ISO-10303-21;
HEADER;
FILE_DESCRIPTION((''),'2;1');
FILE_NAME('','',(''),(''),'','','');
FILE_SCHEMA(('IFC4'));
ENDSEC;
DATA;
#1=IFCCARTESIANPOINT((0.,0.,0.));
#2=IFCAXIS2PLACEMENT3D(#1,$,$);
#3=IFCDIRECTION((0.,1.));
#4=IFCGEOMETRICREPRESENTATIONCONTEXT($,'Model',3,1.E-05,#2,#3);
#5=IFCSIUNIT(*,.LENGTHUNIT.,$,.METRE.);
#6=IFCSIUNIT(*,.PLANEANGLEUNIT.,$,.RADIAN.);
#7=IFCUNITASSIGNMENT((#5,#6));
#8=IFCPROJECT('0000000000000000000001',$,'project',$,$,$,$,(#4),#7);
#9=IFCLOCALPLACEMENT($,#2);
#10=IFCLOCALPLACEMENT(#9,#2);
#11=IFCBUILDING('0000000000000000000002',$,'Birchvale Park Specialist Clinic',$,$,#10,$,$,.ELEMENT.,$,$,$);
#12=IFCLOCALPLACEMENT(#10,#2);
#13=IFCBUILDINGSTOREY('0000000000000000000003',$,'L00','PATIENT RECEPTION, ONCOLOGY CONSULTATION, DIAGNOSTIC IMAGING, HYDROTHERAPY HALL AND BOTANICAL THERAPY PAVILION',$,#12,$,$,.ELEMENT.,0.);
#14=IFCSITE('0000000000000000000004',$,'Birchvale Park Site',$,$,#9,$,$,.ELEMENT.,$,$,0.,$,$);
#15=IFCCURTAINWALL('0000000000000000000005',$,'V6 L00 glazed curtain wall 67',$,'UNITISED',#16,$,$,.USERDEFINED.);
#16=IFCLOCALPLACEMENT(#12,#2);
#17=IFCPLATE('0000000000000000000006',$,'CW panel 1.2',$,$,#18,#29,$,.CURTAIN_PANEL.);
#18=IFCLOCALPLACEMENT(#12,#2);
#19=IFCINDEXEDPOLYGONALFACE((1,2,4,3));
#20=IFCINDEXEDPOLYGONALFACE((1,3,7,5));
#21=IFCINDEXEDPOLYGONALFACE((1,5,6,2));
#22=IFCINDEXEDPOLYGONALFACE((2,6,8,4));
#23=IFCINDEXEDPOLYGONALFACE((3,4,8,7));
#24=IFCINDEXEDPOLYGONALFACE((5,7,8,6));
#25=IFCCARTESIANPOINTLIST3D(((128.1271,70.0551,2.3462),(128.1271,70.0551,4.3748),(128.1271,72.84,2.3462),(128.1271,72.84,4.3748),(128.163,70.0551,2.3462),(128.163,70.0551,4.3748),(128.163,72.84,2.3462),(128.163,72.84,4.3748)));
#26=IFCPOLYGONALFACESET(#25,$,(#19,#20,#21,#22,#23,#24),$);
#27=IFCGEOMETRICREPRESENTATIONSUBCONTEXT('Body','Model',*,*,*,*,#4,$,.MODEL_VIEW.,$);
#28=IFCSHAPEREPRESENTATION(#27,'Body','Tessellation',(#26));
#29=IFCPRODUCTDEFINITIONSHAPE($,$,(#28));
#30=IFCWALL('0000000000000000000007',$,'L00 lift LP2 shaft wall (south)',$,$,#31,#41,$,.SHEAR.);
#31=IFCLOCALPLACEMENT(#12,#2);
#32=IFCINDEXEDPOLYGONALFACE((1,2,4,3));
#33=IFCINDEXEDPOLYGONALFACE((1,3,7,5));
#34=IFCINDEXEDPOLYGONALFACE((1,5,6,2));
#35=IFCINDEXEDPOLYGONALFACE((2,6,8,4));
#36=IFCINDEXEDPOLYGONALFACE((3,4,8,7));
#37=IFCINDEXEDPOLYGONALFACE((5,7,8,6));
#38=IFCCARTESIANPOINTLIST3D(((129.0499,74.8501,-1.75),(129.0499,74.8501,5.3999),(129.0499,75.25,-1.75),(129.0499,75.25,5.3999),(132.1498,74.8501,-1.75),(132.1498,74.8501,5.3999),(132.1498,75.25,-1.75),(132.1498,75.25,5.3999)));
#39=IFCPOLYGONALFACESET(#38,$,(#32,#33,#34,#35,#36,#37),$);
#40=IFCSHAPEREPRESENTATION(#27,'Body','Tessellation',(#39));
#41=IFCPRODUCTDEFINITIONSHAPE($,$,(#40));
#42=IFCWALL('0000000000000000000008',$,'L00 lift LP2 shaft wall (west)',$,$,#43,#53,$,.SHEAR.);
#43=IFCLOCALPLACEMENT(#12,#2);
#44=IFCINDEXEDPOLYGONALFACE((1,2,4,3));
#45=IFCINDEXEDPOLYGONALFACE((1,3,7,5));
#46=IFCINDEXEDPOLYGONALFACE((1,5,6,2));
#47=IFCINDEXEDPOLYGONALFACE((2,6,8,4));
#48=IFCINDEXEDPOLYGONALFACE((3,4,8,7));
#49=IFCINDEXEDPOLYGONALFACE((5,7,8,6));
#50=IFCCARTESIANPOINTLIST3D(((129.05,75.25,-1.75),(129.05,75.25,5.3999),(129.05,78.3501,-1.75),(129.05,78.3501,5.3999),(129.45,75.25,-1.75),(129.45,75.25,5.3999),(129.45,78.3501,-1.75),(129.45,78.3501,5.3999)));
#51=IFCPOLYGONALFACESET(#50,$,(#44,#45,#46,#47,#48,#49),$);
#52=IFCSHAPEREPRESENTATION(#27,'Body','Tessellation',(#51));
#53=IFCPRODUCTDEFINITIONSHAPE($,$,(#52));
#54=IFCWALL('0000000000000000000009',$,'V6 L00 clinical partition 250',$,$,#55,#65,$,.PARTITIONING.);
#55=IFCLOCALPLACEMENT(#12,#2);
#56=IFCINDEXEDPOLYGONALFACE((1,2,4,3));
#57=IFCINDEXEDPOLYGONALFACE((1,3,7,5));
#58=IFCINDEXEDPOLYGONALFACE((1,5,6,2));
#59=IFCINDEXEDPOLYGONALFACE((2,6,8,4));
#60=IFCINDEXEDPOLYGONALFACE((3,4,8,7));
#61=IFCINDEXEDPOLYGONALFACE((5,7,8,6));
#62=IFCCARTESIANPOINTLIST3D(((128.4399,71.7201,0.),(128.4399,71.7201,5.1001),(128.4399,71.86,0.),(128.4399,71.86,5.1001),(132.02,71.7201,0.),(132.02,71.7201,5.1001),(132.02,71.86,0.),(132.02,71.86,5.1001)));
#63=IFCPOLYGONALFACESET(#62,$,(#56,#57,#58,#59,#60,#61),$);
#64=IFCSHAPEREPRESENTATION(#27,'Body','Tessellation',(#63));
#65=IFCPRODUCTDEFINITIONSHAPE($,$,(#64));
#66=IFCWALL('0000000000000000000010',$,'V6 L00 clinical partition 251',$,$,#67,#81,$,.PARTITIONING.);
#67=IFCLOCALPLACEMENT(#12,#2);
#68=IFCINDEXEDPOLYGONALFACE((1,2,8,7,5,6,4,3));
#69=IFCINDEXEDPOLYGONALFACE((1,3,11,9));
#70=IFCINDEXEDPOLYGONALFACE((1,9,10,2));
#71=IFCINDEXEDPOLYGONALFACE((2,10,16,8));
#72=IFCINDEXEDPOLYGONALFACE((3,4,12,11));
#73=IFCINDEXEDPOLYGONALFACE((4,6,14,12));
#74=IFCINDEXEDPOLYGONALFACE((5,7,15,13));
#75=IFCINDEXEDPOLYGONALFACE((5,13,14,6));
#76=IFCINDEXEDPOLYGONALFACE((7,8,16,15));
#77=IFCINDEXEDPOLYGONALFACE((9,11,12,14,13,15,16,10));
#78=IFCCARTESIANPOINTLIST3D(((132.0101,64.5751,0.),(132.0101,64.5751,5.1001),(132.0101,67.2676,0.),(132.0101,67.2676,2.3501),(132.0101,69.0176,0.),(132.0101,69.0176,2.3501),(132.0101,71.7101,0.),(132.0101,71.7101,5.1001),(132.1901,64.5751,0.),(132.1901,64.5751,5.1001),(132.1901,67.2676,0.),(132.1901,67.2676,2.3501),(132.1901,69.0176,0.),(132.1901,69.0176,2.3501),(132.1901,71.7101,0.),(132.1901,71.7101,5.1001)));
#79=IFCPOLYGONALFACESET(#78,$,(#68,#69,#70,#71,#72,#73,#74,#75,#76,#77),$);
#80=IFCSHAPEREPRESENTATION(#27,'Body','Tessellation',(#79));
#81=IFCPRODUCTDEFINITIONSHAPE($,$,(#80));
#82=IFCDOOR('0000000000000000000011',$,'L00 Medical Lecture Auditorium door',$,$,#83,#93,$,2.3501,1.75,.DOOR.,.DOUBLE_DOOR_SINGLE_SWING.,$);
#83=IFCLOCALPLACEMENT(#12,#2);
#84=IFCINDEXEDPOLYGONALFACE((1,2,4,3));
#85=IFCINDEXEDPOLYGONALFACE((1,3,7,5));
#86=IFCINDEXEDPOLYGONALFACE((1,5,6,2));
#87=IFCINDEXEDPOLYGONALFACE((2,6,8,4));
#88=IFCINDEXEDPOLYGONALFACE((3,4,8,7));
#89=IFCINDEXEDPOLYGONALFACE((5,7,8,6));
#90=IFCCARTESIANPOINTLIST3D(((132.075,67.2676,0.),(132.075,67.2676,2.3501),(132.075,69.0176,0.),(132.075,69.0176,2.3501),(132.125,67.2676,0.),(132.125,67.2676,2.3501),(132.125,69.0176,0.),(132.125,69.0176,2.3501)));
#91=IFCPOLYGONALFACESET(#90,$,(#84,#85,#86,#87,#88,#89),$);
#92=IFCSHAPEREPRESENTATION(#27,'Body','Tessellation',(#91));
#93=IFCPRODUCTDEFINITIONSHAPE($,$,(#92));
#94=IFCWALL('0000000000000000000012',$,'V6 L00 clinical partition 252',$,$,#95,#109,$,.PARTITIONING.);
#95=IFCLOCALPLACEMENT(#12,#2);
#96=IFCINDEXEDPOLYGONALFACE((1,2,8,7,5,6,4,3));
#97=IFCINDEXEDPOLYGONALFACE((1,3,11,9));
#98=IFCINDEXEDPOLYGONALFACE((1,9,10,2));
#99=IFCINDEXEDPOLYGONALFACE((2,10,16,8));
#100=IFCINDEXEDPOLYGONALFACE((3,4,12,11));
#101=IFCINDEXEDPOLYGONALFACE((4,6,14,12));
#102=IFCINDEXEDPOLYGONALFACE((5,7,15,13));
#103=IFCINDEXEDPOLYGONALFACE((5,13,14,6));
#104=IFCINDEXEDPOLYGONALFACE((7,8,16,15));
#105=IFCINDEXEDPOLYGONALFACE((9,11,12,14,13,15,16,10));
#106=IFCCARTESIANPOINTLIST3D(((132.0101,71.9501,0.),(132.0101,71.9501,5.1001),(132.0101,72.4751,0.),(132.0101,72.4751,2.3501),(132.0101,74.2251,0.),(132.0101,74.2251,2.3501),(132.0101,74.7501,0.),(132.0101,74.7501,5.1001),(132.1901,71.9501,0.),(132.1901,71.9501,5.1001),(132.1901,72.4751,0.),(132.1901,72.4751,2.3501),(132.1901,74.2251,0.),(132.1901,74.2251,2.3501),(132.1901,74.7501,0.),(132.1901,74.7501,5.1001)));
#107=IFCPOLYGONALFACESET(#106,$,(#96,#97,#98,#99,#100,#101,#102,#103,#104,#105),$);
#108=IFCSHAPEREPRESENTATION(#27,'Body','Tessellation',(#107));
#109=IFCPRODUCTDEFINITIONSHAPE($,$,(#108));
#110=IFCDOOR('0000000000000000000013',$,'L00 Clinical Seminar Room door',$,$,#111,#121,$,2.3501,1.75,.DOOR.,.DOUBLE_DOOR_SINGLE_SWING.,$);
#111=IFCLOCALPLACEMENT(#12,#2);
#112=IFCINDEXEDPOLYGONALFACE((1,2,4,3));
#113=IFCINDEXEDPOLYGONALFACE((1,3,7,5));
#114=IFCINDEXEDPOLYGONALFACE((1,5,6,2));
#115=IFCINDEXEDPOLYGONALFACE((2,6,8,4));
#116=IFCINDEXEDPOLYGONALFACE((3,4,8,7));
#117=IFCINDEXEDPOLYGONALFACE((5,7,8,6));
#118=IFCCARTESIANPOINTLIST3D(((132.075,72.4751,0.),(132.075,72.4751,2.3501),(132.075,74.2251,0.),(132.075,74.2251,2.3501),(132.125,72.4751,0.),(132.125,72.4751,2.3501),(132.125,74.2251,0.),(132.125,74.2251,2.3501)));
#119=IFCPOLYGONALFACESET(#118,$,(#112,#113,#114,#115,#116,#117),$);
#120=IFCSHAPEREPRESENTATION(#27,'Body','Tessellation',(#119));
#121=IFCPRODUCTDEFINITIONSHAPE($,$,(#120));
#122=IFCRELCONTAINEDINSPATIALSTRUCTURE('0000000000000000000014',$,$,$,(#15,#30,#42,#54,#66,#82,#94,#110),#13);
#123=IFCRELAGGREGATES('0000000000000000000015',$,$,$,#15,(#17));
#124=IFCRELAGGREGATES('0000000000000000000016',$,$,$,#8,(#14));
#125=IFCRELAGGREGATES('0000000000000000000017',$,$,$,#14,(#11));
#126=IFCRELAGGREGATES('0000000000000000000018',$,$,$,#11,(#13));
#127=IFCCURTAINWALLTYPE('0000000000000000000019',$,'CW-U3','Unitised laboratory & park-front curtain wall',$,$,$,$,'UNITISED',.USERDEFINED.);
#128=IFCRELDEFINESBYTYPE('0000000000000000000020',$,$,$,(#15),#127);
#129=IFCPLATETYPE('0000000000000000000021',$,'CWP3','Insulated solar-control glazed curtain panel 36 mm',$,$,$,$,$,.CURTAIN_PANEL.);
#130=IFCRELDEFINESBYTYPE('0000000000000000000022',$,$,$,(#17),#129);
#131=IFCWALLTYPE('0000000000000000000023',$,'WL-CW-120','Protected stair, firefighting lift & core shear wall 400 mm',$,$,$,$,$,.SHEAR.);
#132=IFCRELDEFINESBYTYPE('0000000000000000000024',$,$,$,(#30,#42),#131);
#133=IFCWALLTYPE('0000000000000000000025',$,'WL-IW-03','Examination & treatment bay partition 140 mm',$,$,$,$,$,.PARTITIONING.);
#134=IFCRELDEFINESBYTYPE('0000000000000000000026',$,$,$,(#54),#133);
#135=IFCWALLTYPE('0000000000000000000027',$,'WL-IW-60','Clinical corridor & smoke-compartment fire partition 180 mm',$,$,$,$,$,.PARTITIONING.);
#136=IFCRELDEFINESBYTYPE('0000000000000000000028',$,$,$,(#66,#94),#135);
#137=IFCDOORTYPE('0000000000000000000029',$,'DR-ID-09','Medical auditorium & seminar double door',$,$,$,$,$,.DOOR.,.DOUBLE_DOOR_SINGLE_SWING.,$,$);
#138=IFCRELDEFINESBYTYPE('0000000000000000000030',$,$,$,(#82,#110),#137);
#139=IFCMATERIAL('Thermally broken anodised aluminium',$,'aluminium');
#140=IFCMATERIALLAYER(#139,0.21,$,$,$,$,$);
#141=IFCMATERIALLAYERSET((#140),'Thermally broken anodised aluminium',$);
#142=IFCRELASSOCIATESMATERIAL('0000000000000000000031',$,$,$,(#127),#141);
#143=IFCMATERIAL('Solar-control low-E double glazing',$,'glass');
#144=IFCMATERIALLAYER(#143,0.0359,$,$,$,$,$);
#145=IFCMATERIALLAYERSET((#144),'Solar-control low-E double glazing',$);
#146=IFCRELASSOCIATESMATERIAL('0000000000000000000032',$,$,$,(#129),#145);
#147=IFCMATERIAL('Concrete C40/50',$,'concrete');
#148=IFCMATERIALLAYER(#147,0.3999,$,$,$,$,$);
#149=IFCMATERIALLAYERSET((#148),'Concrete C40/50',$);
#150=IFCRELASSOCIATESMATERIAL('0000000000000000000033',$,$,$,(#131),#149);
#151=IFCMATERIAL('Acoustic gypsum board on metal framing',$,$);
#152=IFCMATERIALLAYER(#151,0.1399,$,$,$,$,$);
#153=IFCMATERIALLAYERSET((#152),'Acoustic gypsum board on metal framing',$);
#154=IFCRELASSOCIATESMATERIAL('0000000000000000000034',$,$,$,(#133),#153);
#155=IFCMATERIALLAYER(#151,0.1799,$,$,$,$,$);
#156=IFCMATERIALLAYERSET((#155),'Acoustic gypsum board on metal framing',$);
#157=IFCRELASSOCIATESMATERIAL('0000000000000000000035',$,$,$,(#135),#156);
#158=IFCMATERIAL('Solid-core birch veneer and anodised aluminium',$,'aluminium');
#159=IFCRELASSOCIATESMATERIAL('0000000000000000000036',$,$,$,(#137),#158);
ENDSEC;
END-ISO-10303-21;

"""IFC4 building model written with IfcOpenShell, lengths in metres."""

from ifc_helpers import new_model, si_unit, direction, frame, frame_2d, origin, origin_2d, place, context, subcontext, project, spatial, rectangle, extrude, material, layer, layer_set, type_object, element, fill, aggregate, save


model = new_model("IFC4")

# Units and contexts
model_context = context("Model", 3, precision=1e-05, world=origin(), true_north=direction((0.0, 1.0)))
body_context = subcontext(model_context, "Body", "Model", "MODEL_VIEW")
ifc_project = project(units=[si_unit("LENGTHUNIT", "METRE"), si_unit("PLANEANGLEUNIT", "RADIAN")], contexts=[model_context])

# Site, building, storey
site_placement = place(None, origin())
site = spatial("IfcSite", under=ifc_project, at=site_placement, Name="Birchvale Park Site", CompositionType="ELEMENT", RefElevation=0.0)
building_placement = place(site_placement, origin())
building = spatial("IfcBuilding", under=site, at=building_placement, Name="Birchvale Park Specialist Clinic", CompositionType="ELEMENT")
storey_placement = place(building_placement, origin())
storey = spatial("IfcBuildingStorey", under=building, at=storey_placement, Name="L00", Description="PATIENT RECEPTION, ONCOLOGY CONSULTATION, DIAGNOSTIC IMAGING, HYDROTHERAPY HALL AND BOTANICAL THERAPY PAVILION", CompositionType="ELEMENT", Elevation=0.0)

# Shared definitions
ifc_material_1 = material(Name="Concrete C40/50", Category="concrete")

# Curtain wall, plate
ifc_material_2 = material(Name="Thermally broken anodised aluminium", Category="aluminium")
ifc_layer_1 = layer(ifc_material_2, 0.21)
ifc_layer_set_1 = layer_set([ifc_layer_1], Name="Thermally broken anodised aluminium")
curtain_wall_type = type_object("IfcCurtainWallType", Name="CW-U3", Description="Unitised laboratory & park-front curtain wall", ElementType="UNITISED", PredefinedType="USERDEFINED", material=ifc_layer_set_1)
curtain_wall_placement = place(storey_placement, origin())
curtain_wall = element("IfcCurtainWall", 1, at=curtain_wall_placement, inside=storey, type_object=curtain_wall_type, Name="V6 L00 glazed curtain wall 67", ObjectType="UNITISED", PredefinedType="USERDEFINED")
ifc_material_3 = material(Name="Solar-control low-E double glazing", Category="glass")
ifc_layer_2 = layer(ifc_material_3, 0.0359)
ifc_layer_set_2 = layer_set([ifc_layer_2], Name="Solar-control low-E double glazing")
plate_type = type_object("IfcPlateType", Name="CWP3", Description="Insulated solar-control glazed curtain panel 36 mm", PredefinedType="CURTAIN_PANEL", material=ifc_layer_set_2)
plate_1_placement = place(storey_placement, frame((128.145, 71.4475, 2.3462), z_axis=(0.0, 0.0, 1.0), x_axis=(0.0, -1.0, 0.0)))
plate_1 = element("IfcPlate", 2, at=plate_1_placement, type_object=plate_type, Name="CW panel 1.2", PredefinedType="CURTAIN_PANEL", context=body_context, shape_type="SweptSolid", body=[
    extrude(rectangle(XDim=2.7849, YDim=0.0359, at=origin_2d()), origin(), (0.0, 0.0, 1.0), 2.0286),
])
aggregate(curtain_wall, [plate_1])

# Walls
ifc_layer_3 = layer(ifc_material_1, 0.3999)
ifc_layer_set_3 = layer_set([ifc_layer_3], Name="Concrete C40/50")
wall_type_1 = type_object("IfcWallType", Name="WL-CW-120", Description="Protected stair, firefighting lift & core shear wall 400 mm", PredefinedType="SHEAR", material=ifc_layer_set_3)
wall_1_placement = place(storey_placement, frame((129.05, 75.05, -1.75), z_axis=(0.0, 0.0, 1.0), x_axis=(1.0, 0.0, 0.0)))
element("IfcWall", 3, at=wall_1_placement, inside=storey, type_object=wall_type_1, Name="L00 lift LP2 shaft wall (south)", PredefinedType="SHEAR", context=body_context, shape_type="SweptSolid", body=[
    extrude(rectangle(XDim=3.0999, YDim=0.3999, at=frame_2d((1.5498, 0.0))), origin(), (0.0, 0.0, 1.0), 7.1499),
])
wall_2_placement = place(storey_placement, frame((129.25, 75.25, -1.75), z_axis=(0.0, 0.0, 1.0), x_axis=(0.0, 1.0, 0.0)))
element("IfcWall", 4, at=wall_2_placement, inside=storey, type_object=wall_type_1, Name="L00 lift LP2 shaft wall (west)", PredefinedType="SHEAR", context=body_context, shape_type="SweptSolid", body=[
    extrude(rectangle(XDim=3.1001, YDim=0.3999, at=frame_2d((1.55, 0.0))), origin(), (0.0, 0.0, 1.0), 7.1499),
])
ifc_material_4 = material(Name="Acoustic gypsum board on metal framing")
ifc_layer_4 = layer(ifc_material_4, 0.1399)
ifc_layer_set_4 = layer_set([ifc_layer_4], Name="Acoustic gypsum board on metal framing")
wall_type_2 = type_object("IfcWallType", Name="WL-IW-03", Description="Examination & treatment bay partition 140 mm", PredefinedType="PARTITIONING", material=ifc_layer_set_4)
wall_3_placement = place(storey_placement, frame((128.4399, 71.79, 0.0), z_axis=(0.0, 0.0, 1.0), x_axis=(1.0, 0.0, 0.0)))
element("IfcWall", 5, at=wall_3_placement, inside=storey, type_object=wall_type_2, Name="V6 L00 clinical partition 250", PredefinedType="PARTITIONING", context=body_context, shape_type="SweptSolid", body=[
    extrude(rectangle(XDim=3.5801, YDim=0.1399, at=frame_2d((1.79, 0.0))), origin(), (0.0, 0.0, 1.0), 5.1001),
])

# Walls, openings, doors
ifc_layer_5 = layer(ifc_material_4, 0.1799)
ifc_layer_set_5 = layer_set([ifc_layer_5], Name="Acoustic gypsum board on metal framing")
wall_type_3 = type_object("IfcWallType", Name="WL-IW-60", Description="Clinical corridor & smoke-compartment fire partition 180 mm", PredefinedType="PARTITIONING", material=ifc_layer_set_5)
wall_4_placement = place(storey_placement, frame((132.1001, 71.71, 0.0), z_axis=(0.0, 0.0, 1.0), x_axis=(0.0, -1.0, 0.0)))
wall_4 = element("IfcWall", 6, at=wall_4_placement, inside=storey, type_object=wall_type_3, Name="V6 L00 clinical partition 251", PredefinedType="PARTITIONING", context=body_context, shape_type="SweptSolid", body=[
    extrude(rectangle(XDim=7.135, YDim=0.1799, at=frame_2d((3.5674, 0.0))), origin(), (0.0, 0.0, 1.0), 5.1001),
])
opening_1_placement = place(wall_4_placement, frame((2.6924, 0.0, 0.0)))
opening_1 = element("IfcOpeningElement", 7, at=opening_1_placement, cuts=wall_4, PredefinedType="OPENING", context=body_context, shape_type="SweptSolid", body=[
    extrude(rectangle(XDim=1.75, YDim=2.3501, at=frame_2d((0.875, 1.175))), frame((0.0, 0.1001, 0.0), z_axis=(0.0, -1.0, 0.0), x_axis=(1.0, 0.0, 0.0)), (0.0, 0.0, 1.0), 0.2),
])
ifc_material_5 = material(Name="Solid-core birch veneer and anodised aluminium", Category="aluminium")
door_type = type_object("IfcDoorType", Name="DR-ID-09", Description="Medical auditorium & seminar double door", OperationType="DOUBLE_DOOR_SINGLE_SWING", PredefinedType="DOOR", material=ifc_material_5)
door_1_placement = place(opening_1_placement, origin())
door_1 = element("IfcDoor", 8, at=door_1_placement, inside=storey, type_object=door_type, Name="L00 Medical Lecture Auditorium door", OperationType="DOUBLE_DOOR_SINGLE_SWING", OverallHeight=2.3501, OverallWidth=1.75, PredefinedType="DOOR", context=body_context, shape_type="SweptSolid", body=[
    extrude(rectangle(XDim=1.75, YDim=2.3501, at=frame_2d((0.875, 1.175))), frame((0.0, 0.0249, 0.0), z_axis=(0.0, -1.0, 0.0), x_axis=(1.0, 0.0, 0.0)), (0.0, 0.0, 1.0), 0.05),
])
fill(opening_1, door_1)
wall_5_placement = place(storey_placement, frame((132.1001, 74.75, 0.0), z_axis=(0.0, 0.0, 1.0), x_axis=(0.0, -1.0, 0.0)))
wall_5 = element("IfcWall", 9, at=wall_5_placement, inside=storey, type_object=wall_type_3, Name="V6 L00 clinical partition 252", PredefinedType="PARTITIONING", context=body_context, shape_type="SweptSolid", body=[
    extrude(rectangle(XDim=2.8, YDim=0.1799, at=frame_2d((1.3999, 0.0))), origin(), (0.0, 0.0, 1.0), 5.1001),
])
opening_2_placement = place(wall_5_placement, frame((0.5249, 0.0, 0.0)))
opening_2 = element("IfcOpeningElement", 10, at=opening_2_placement, cuts=wall_5, PredefinedType="OPENING", context=body_context, shape_type="SweptSolid", body=[
    extrude(rectangle(XDim=1.75, YDim=2.3501, at=frame_2d((0.875, 1.175))), frame((0.0, 0.1001, 0.0), z_axis=(0.0, -1.0, 0.0), x_axis=(1.0, 0.0, 0.0)), (0.0, 0.0, 1.0), 0.2),
])
door_2_placement = place(opening_2_placement, origin())
door_2 = element("IfcDoor", 11, at=door_2_placement, inside=storey, type_object=door_type, Name="L00 Clinical Seminar Room door", OperationType="DOUBLE_DOOR_SINGLE_SWING", OverallHeight=2.3501, OverallWidth=1.75, PredefinedType="DOOR", context=body_context, shape_type="SweptSolid", body=[
    extrude(rectangle(XDim=1.75, YDim=2.3501, at=frame_2d((0.875, 1.175))), frame((0.0, 0.0249, 0.0), z_axis=(0.0, -1.0, 0.0), x_axis=(1.0, 0.0, 0.0)), (0.0, 0.0, 1.0), 0.05),
])
fill(opening_2, door_2)

save(model, "model.ifc")
